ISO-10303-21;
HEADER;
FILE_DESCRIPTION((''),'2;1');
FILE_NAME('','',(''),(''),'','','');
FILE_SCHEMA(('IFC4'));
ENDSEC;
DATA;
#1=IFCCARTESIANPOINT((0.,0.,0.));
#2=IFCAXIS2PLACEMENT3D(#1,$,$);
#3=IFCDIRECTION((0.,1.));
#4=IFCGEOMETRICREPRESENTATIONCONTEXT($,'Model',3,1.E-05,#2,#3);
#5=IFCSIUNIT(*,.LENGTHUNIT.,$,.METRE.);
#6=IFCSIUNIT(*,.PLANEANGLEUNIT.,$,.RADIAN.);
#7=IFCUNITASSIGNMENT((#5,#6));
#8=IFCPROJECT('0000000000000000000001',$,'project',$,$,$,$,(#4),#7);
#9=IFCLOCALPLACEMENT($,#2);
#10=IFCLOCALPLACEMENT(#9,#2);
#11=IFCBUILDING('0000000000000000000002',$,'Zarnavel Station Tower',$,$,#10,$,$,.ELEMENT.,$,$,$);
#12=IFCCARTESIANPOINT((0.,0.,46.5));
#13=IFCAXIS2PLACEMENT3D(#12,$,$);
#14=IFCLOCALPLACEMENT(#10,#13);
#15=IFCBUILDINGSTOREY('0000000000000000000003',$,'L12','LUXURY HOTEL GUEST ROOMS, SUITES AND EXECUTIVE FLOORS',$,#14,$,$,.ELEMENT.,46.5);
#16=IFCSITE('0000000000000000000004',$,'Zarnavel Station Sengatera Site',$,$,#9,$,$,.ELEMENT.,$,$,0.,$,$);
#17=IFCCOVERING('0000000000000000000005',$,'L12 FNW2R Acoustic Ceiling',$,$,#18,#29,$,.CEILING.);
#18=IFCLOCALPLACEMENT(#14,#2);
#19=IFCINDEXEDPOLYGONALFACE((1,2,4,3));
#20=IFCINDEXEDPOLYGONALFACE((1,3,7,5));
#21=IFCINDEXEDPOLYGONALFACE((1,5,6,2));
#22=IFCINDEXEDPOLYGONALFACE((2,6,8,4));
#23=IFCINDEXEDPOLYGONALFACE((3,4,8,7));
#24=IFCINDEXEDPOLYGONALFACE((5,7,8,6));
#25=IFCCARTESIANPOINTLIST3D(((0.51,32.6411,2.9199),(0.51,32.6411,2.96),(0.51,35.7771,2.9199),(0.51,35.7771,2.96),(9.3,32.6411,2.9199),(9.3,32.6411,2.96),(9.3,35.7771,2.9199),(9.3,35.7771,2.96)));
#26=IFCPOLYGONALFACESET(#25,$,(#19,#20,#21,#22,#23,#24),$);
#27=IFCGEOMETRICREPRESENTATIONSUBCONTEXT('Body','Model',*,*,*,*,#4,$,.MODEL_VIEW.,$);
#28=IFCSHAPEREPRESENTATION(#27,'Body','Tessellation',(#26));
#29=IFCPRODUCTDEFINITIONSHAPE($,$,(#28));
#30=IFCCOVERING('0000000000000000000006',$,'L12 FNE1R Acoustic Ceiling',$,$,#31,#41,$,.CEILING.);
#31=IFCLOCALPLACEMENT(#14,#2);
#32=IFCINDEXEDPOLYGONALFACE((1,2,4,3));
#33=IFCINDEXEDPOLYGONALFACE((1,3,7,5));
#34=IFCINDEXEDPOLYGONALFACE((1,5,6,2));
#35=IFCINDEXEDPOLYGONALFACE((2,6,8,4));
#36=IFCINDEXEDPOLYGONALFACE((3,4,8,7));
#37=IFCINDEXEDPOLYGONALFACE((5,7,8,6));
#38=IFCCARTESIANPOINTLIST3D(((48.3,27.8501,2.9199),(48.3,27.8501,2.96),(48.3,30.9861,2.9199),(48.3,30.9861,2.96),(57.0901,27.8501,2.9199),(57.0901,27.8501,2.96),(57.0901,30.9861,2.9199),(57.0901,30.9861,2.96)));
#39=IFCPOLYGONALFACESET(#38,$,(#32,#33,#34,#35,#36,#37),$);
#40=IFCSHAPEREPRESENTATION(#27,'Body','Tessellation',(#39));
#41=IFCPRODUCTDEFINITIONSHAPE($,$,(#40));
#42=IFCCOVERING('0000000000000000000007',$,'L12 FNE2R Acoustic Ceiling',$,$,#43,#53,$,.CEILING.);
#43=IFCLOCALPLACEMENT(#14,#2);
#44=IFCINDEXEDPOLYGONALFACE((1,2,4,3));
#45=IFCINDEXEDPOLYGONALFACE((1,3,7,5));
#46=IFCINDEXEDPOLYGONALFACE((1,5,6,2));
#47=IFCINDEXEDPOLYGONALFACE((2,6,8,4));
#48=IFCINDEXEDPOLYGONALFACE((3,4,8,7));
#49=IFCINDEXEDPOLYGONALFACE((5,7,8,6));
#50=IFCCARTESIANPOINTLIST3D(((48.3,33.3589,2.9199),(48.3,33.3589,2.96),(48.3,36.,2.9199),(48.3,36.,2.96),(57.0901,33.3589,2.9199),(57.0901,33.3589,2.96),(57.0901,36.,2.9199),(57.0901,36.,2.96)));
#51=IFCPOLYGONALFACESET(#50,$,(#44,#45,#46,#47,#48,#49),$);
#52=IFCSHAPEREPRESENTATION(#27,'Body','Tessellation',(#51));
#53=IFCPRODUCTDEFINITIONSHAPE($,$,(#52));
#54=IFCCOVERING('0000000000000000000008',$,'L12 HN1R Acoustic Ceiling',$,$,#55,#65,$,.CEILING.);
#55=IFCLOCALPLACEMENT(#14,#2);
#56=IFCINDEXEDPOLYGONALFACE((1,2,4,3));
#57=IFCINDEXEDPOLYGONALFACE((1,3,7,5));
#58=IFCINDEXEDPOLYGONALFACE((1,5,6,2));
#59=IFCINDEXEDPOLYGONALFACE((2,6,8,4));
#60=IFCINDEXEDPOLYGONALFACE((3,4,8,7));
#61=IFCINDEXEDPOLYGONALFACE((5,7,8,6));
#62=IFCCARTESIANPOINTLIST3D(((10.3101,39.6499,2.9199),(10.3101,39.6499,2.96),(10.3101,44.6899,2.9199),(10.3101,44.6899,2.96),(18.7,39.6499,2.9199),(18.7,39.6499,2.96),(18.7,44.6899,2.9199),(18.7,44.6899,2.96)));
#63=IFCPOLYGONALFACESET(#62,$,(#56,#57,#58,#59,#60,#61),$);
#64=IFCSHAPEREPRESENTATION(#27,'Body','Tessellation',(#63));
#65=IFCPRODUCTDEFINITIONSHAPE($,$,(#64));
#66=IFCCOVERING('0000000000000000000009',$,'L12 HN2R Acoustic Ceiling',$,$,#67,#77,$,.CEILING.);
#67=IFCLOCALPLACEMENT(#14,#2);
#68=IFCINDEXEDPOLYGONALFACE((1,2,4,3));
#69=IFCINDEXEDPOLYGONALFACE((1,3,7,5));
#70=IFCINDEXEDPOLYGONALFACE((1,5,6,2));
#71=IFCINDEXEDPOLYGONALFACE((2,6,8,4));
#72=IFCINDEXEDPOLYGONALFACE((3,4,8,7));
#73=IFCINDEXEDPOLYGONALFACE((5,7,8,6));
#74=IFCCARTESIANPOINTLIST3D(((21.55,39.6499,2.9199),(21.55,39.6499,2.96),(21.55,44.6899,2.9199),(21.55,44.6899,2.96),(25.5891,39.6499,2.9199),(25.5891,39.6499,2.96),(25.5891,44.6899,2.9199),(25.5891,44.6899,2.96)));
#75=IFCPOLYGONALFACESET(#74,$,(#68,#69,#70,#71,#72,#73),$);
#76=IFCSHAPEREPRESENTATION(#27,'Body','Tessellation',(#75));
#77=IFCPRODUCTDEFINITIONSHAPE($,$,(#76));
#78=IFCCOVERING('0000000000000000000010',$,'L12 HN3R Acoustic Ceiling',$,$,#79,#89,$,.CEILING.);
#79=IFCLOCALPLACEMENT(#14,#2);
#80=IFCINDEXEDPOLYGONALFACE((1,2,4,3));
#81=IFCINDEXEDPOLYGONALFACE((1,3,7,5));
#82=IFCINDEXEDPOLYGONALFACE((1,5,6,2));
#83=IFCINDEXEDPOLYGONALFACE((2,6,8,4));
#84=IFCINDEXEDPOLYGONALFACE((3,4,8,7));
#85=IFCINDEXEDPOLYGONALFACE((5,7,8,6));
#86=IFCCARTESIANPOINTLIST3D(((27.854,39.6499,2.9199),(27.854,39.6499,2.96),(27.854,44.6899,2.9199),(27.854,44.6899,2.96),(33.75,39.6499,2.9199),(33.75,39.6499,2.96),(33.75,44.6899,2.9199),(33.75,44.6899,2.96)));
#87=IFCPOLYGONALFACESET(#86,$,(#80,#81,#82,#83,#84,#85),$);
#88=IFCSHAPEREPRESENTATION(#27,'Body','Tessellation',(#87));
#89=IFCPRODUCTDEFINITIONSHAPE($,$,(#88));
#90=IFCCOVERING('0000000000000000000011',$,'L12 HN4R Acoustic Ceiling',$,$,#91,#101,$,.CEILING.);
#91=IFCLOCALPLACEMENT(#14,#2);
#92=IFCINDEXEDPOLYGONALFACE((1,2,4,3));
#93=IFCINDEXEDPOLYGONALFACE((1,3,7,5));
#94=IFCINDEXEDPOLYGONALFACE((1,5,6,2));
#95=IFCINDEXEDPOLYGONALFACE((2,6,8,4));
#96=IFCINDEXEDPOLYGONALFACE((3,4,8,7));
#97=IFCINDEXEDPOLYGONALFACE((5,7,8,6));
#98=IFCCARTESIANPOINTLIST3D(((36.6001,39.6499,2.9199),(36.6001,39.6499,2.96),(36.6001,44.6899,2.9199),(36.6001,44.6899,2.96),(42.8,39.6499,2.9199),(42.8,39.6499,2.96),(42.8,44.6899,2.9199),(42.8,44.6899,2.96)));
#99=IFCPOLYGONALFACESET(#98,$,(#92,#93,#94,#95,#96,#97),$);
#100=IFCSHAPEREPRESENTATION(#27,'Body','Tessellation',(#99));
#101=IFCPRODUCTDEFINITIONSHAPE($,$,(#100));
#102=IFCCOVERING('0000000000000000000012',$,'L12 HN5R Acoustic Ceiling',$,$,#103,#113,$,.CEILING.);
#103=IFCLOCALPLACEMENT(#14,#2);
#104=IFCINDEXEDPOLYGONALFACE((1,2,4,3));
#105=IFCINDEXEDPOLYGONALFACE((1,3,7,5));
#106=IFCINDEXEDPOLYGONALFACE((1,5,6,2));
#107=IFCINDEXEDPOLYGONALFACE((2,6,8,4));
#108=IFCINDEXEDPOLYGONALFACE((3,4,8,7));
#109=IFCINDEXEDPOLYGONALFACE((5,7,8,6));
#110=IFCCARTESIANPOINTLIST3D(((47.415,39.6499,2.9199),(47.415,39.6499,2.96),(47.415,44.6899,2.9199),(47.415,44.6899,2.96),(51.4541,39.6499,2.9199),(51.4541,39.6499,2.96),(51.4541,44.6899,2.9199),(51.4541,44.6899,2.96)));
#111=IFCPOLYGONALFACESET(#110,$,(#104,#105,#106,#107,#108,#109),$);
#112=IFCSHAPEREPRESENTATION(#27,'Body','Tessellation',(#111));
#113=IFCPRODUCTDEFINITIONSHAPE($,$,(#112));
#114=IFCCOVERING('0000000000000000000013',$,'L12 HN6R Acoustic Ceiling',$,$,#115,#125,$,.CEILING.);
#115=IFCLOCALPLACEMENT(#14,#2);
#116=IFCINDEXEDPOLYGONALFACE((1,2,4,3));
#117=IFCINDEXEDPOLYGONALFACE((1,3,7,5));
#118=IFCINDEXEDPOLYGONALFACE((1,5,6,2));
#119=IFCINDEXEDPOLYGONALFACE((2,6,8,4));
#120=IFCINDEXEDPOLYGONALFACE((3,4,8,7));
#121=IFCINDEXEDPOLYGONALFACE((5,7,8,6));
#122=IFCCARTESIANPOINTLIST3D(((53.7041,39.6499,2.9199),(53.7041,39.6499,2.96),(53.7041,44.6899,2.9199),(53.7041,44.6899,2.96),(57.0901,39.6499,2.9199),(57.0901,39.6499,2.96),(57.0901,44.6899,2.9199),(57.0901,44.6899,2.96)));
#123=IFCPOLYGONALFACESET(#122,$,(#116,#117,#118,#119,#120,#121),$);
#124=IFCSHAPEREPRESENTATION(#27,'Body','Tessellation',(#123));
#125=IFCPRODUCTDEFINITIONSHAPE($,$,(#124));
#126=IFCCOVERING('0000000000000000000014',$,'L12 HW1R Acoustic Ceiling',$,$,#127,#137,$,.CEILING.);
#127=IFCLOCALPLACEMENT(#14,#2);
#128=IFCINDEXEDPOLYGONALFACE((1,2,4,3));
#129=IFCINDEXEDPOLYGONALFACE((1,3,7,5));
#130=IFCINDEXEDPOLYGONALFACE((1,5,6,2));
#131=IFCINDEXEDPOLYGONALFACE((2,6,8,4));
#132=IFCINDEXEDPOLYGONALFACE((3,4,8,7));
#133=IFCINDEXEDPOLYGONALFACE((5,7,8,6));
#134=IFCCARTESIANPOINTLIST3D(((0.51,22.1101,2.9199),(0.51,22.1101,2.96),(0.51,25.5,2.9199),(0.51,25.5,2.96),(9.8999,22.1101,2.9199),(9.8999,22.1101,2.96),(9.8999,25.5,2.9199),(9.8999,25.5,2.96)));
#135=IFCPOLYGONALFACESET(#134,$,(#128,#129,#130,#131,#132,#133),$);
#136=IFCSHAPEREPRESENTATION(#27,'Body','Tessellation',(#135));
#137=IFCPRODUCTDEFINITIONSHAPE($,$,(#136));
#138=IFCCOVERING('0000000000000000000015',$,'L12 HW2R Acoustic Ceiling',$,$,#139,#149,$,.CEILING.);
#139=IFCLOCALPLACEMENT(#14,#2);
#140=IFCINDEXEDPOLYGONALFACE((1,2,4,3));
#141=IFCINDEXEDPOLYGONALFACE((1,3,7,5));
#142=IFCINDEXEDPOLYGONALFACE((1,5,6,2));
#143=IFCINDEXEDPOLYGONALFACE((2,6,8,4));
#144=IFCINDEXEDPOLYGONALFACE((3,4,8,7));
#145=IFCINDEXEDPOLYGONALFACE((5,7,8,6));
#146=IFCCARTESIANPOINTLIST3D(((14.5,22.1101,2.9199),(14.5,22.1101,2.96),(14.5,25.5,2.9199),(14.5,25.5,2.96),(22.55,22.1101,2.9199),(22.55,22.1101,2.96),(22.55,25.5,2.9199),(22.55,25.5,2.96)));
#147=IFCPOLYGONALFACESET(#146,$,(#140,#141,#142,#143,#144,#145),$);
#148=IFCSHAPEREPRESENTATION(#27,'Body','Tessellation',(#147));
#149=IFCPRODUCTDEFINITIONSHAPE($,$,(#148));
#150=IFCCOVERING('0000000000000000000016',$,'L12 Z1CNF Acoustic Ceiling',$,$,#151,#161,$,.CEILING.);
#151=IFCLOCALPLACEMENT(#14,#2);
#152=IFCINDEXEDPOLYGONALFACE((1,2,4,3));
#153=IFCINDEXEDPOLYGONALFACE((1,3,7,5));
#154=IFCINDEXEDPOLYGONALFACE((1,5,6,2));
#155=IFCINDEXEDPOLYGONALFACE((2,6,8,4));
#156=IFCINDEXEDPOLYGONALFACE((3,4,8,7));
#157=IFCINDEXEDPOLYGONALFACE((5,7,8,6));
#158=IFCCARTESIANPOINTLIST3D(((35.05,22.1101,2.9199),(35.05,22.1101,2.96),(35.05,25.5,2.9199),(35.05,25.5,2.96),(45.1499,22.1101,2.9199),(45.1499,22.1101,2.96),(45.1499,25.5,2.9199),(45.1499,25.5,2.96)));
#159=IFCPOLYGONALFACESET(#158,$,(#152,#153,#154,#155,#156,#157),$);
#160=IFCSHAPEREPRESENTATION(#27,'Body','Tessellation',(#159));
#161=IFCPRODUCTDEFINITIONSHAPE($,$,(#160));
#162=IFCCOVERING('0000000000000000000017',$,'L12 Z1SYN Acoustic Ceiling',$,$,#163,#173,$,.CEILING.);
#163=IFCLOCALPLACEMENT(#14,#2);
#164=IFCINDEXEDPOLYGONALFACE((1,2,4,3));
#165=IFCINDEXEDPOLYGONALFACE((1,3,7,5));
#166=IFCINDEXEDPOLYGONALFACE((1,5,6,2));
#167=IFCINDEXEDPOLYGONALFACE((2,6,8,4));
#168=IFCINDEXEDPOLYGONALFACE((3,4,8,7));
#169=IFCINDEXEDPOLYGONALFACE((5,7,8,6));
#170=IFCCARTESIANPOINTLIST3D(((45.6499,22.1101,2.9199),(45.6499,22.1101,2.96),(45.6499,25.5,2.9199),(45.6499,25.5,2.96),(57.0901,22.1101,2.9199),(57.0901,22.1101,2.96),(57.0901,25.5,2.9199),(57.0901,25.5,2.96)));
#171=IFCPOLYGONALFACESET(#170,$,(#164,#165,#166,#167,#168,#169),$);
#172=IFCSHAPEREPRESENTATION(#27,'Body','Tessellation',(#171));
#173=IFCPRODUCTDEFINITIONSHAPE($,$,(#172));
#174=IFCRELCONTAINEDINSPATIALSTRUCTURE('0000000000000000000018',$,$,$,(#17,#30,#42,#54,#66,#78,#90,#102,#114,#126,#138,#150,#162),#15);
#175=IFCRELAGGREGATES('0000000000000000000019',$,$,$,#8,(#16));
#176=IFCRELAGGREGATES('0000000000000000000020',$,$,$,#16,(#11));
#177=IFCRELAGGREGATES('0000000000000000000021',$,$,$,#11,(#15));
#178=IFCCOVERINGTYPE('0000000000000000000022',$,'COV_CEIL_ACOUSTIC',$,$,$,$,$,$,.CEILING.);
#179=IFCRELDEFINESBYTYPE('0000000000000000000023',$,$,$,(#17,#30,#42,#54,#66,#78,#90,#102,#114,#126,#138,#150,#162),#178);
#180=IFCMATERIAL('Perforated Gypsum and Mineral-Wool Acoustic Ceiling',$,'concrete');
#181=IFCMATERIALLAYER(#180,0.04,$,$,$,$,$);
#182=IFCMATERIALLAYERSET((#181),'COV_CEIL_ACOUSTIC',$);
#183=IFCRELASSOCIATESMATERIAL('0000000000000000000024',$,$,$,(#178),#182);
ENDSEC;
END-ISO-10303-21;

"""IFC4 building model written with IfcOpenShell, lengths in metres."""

from ifc_helpers import new_model, si_unit, direction, frame, origin, place, context, subcontext, project, spatial, polyline, outline, extrude, material, layer, layer_set, type_object, element, save


model = new_model("IFC4")

# Units and contexts
model_context = context("Model", 3, precision=1e-05, world=origin(), true_north=direction((0.0, 1.0)))
body_context = subcontext(model_context, "Body", "Model", "MODEL_VIEW")
ifc_project = project(units=[si_unit("LENGTHUNIT", "METRE"), si_unit("PLANEANGLEUNIT", "RADIAN")], contexts=[model_context])

# Site, building, storey
site_placement = place(None, origin())
site = spatial("IfcSite", under=ifc_project, at=site_placement, Name="Zarnavel Station Sengatera Site", CompositionType="ELEMENT", RefElevation=0.0)
building_placement = place(site_placement, origin())
building = spatial("IfcBuilding", under=site, at=building_placement, Name="Zarnavel Station Tower", CompositionType="ELEMENT")
storey_placement = place(building_placement, frame((0.0, 0.0, 46.5)))
storey = spatial("IfcBuildingStorey", under=building, at=storey_placement, Name="L12", Description="LUXURY HOTEL GUEST ROOMS, SUITES AND EXECUTIVE FLOORS", CompositionType="ELEMENT", Elevation=46.5)

# Coverings
ifc_material_1 = material(Name="Perforated Gypsum and Mineral-Wool Acoustic Ceiling", Category="concrete")
ifc_layer_1 = layer(ifc_material_1, 0.04)
ifc_layer_set_1 = layer_set([ifc_layer_1], Name="COV_CEIL_ACOUSTIC")
covering_type_1 = type_object("IfcCoveringType", Name="COV_CEIL_ACOUSTIC", PredefinedType="CEILING", material=ifc_layer_set_1)
covering_1_placement = place(storey_placement, frame((0.0, 0.0, 2.9199)))
element("IfcCovering", 1, at=covering_1_placement, inside=storey, type_object=covering_type_1, Name="L12 FNW2R Acoustic Ceiling", PredefinedType="CEILING", context=body_context, shape_type="SweptSolid", body=[
    extrude(outline(polyline([(0.51, 32.6411), (9.3, 32.6411), (9.3, 35.7771), (0.51, 35.7771), (0.51, 32.6411)])), origin(), (0.0, 0.0, 1.0), 0.04),
])
covering_2_placement = place(storey_placement, frame((0.0, 0.0, 2.9199)))
element("IfcCovering", 2, at=covering_2_placement, inside=storey, type_object=covering_type_1, Name="L12 FNE1R Acoustic Ceiling", PredefinedType="CEILING", context=body_context, shape_type="SweptSolid", body=[
    extrude(outline(polyline([(48.3, 27.8501), (57.0901, 27.8501), (57.0901, 30.9861), (48.3, 30.9861), (48.3, 27.8501)])), origin(), (0.0, 0.0, 1.0), 0.04),
])
covering_3_placement = place(storey_placement, frame((0.0, 0.0, 2.9199)))
element("IfcCovering", 3, at=covering_3_placement, inside=storey, type_object=covering_type_1, Name="L12 FNE2R Acoustic Ceiling", PredefinedType="CEILING", context=body_context, shape_type="SweptSolid", body=[
    extrude(outline(polyline([(48.3, 33.3589), (57.0901, 33.3589), (57.0901, 36.0), (48.3, 36.0), (48.3, 33.3589)])), origin(), (0.0, 0.0, 1.0), 0.04),
])
covering_4_placement = place(storey_placement, frame((0.0, 0.0, 2.9199)))
element("IfcCovering", 4, at=covering_4_placement, inside=storey, type_object=covering_type_1, Name="L12 HN1R Acoustic Ceiling", PredefinedType="CEILING", context=body_context, shape_type="SweptSolid", body=[
    extrude(outline(polyline([(10.3101, 39.6499), (18.7, 39.6499), (18.7, 44.6899), (10.3101, 44.6899), (10.3101, 39.6499)])), origin(), (0.0, 0.0, 1.0), 0.04),
])
covering_5_placement = place(storey_placement, frame((0.0, 0.0, 2.9199)))
element("IfcCovering", 5, at=covering_5_placement, inside=storey, type_object=covering_type_1, Name="L12 HN2R Acoustic Ceiling", PredefinedType="CEILING", context=body_context, shape_type="SweptSolid", body=[
    extrude(outline(polyline([(21.55, 39.6499), (25.5891, 39.6499), (25.5891, 44.6899), (21.55, 44.6899), (21.55, 39.6499)])), origin(), (0.0, 0.0, 1.0), 0.04),
])
covering_6_placement = place(storey_placement, frame((0.0, 0.0, 2.9199)))
element("IfcCovering", 6, at=covering_6_placement, inside=storey, type_object=covering_type_1, Name="L12 HN3R Acoustic Ceiling", PredefinedType="CEILING", context=body_context, shape_type="SweptSolid", body=[
    extrude(outline(polyline([(27.854, 39.6499), (33.75, 39.6499), (33.75, 44.6899), (27.854, 44.6899), (27.854, 39.6499)])), origin(), (0.0, 0.0, 1.0), 0.04),
])
covering_7_placement = place(storey_placement, frame((0.0, 0.0, 2.9199)))
element("IfcCovering", 7, at=covering_7_placement, inside=storey, type_object=covering_type_1, Name="L12 HN4R Acoustic Ceiling", PredefinedType="CEILING", context=body_context, shape_type="SweptSolid", body=[
    extrude(outline(polyline([(36.6001, 39.6499), (42.8, 39.6499), (42.8, 44.6899), (36.6001, 44.6899), (36.6001, 39.6499)])), origin(), (0.0, 0.0, 1.0), 0.04),
])
covering_8_placement = place(storey_placement, frame((0.0, 0.0, 2.9199)))
element("IfcCovering", 8, at=covering_8_placement, inside=storey, type_object=covering_type_1, Name="L12 HN5R Acoustic Ceiling", PredefinedType="CEILING", context=body_context, shape_type="SweptSolid", body=[
    extrude(outline(polyline([(47.415, 39.6499), (51.4541, 39.6499), (51.4541, 44.6899), (47.415, 44.6899), (47.415, 39.6499)])), origin(), (0.0, 0.0, 1.0), 0.04),
])
covering_9_placement = place(storey_placement, frame((0.0, 0.0, 2.9199)))
element("IfcCovering", 9, at=covering_9_placement, inside=storey, type_object=covering_type_1, Name="L12 HN6R Acoustic Ceiling", PredefinedType="CEILING", context=body_context, shape_type="SweptSolid", body=[
    extrude(outline(polyline([(53.7041, 39.6499), (57.0901, 39.6499), (57.0901, 44.6899), (53.7041, 44.6899), (53.7041, 39.6499)])), origin(), (0.0, 0.0, 1.0), 0.04),
])
covering_10_placement = place(storey_placement, frame((0.0, 0.0, 2.9199)))
element("IfcCovering", 10, at=covering_10_placement, inside=storey, type_object=covering_type_1, Name="L12 HW1R Acoustic Ceiling", PredefinedType="CEILING", context=body_context, shape_type="SweptSolid", body=[
    extrude(outline(polyline([(0.51, 22.1101), (9.8999, 22.1101), (9.8999, 25.5), (0.51, 25.5), (0.51, 22.1101)])), origin(), (0.0, 0.0, 1.0), 0.04),
])
covering_11_placement = place(storey_placement, frame((0.0, 0.0, 2.9199)))
element("IfcCovering", 11, at=covering_11_placement, inside=storey, type_object=covering_type_1, Name="L12 HW2R Acoustic Ceiling", PredefinedType="CEILING", context=body_context, shape_type="SweptSolid", body=[
    extrude(outline(polyline([(14.5, 22.1101), (22.55, 22.1101), (22.55, 25.5), (14.5, 25.5), (14.5, 22.1101)])), origin(), (0.0, 0.0, 1.0), 0.04),
])
covering_12_placement = place(storey_placement, frame((0.0, 0.0, 2.9199)))
element("IfcCovering", 12, at=covering_12_placement, inside=storey, type_object=covering_type_1, Name="L12 Z1CNF Acoustic Ceiling", PredefinedType="CEILING", context=body_context, shape_type="SweptSolid", body=[
    extrude(outline(polyline([(35.05, 22.1101), (45.1499, 22.1101), (45.1499, 25.5), (35.05, 25.5), (35.05, 22.1101)])), origin(), (0.0, 0.0, 1.0), 0.04),
])
covering_13_placement = place(storey_placement, frame((0.0, 0.0, 2.9199)))
element("IfcCovering", 13, at=covering_13_placement, inside=storey, type_object=covering_type_1, Name="L12 Z1SYN Acoustic Ceiling", PredefinedType="CEILING", context=body_context, shape_type="SweptSolid", body=[
    extrude(outline(polyline([(45.6499, 22.1101), (57.0901, 22.1101), (57.0901, 25.5), (45.6499, 25.5), (45.6499, 22.1101)])), origin(), (0.0, 0.0, 1.0), 0.04),
])

save(model, "model.ifc")
